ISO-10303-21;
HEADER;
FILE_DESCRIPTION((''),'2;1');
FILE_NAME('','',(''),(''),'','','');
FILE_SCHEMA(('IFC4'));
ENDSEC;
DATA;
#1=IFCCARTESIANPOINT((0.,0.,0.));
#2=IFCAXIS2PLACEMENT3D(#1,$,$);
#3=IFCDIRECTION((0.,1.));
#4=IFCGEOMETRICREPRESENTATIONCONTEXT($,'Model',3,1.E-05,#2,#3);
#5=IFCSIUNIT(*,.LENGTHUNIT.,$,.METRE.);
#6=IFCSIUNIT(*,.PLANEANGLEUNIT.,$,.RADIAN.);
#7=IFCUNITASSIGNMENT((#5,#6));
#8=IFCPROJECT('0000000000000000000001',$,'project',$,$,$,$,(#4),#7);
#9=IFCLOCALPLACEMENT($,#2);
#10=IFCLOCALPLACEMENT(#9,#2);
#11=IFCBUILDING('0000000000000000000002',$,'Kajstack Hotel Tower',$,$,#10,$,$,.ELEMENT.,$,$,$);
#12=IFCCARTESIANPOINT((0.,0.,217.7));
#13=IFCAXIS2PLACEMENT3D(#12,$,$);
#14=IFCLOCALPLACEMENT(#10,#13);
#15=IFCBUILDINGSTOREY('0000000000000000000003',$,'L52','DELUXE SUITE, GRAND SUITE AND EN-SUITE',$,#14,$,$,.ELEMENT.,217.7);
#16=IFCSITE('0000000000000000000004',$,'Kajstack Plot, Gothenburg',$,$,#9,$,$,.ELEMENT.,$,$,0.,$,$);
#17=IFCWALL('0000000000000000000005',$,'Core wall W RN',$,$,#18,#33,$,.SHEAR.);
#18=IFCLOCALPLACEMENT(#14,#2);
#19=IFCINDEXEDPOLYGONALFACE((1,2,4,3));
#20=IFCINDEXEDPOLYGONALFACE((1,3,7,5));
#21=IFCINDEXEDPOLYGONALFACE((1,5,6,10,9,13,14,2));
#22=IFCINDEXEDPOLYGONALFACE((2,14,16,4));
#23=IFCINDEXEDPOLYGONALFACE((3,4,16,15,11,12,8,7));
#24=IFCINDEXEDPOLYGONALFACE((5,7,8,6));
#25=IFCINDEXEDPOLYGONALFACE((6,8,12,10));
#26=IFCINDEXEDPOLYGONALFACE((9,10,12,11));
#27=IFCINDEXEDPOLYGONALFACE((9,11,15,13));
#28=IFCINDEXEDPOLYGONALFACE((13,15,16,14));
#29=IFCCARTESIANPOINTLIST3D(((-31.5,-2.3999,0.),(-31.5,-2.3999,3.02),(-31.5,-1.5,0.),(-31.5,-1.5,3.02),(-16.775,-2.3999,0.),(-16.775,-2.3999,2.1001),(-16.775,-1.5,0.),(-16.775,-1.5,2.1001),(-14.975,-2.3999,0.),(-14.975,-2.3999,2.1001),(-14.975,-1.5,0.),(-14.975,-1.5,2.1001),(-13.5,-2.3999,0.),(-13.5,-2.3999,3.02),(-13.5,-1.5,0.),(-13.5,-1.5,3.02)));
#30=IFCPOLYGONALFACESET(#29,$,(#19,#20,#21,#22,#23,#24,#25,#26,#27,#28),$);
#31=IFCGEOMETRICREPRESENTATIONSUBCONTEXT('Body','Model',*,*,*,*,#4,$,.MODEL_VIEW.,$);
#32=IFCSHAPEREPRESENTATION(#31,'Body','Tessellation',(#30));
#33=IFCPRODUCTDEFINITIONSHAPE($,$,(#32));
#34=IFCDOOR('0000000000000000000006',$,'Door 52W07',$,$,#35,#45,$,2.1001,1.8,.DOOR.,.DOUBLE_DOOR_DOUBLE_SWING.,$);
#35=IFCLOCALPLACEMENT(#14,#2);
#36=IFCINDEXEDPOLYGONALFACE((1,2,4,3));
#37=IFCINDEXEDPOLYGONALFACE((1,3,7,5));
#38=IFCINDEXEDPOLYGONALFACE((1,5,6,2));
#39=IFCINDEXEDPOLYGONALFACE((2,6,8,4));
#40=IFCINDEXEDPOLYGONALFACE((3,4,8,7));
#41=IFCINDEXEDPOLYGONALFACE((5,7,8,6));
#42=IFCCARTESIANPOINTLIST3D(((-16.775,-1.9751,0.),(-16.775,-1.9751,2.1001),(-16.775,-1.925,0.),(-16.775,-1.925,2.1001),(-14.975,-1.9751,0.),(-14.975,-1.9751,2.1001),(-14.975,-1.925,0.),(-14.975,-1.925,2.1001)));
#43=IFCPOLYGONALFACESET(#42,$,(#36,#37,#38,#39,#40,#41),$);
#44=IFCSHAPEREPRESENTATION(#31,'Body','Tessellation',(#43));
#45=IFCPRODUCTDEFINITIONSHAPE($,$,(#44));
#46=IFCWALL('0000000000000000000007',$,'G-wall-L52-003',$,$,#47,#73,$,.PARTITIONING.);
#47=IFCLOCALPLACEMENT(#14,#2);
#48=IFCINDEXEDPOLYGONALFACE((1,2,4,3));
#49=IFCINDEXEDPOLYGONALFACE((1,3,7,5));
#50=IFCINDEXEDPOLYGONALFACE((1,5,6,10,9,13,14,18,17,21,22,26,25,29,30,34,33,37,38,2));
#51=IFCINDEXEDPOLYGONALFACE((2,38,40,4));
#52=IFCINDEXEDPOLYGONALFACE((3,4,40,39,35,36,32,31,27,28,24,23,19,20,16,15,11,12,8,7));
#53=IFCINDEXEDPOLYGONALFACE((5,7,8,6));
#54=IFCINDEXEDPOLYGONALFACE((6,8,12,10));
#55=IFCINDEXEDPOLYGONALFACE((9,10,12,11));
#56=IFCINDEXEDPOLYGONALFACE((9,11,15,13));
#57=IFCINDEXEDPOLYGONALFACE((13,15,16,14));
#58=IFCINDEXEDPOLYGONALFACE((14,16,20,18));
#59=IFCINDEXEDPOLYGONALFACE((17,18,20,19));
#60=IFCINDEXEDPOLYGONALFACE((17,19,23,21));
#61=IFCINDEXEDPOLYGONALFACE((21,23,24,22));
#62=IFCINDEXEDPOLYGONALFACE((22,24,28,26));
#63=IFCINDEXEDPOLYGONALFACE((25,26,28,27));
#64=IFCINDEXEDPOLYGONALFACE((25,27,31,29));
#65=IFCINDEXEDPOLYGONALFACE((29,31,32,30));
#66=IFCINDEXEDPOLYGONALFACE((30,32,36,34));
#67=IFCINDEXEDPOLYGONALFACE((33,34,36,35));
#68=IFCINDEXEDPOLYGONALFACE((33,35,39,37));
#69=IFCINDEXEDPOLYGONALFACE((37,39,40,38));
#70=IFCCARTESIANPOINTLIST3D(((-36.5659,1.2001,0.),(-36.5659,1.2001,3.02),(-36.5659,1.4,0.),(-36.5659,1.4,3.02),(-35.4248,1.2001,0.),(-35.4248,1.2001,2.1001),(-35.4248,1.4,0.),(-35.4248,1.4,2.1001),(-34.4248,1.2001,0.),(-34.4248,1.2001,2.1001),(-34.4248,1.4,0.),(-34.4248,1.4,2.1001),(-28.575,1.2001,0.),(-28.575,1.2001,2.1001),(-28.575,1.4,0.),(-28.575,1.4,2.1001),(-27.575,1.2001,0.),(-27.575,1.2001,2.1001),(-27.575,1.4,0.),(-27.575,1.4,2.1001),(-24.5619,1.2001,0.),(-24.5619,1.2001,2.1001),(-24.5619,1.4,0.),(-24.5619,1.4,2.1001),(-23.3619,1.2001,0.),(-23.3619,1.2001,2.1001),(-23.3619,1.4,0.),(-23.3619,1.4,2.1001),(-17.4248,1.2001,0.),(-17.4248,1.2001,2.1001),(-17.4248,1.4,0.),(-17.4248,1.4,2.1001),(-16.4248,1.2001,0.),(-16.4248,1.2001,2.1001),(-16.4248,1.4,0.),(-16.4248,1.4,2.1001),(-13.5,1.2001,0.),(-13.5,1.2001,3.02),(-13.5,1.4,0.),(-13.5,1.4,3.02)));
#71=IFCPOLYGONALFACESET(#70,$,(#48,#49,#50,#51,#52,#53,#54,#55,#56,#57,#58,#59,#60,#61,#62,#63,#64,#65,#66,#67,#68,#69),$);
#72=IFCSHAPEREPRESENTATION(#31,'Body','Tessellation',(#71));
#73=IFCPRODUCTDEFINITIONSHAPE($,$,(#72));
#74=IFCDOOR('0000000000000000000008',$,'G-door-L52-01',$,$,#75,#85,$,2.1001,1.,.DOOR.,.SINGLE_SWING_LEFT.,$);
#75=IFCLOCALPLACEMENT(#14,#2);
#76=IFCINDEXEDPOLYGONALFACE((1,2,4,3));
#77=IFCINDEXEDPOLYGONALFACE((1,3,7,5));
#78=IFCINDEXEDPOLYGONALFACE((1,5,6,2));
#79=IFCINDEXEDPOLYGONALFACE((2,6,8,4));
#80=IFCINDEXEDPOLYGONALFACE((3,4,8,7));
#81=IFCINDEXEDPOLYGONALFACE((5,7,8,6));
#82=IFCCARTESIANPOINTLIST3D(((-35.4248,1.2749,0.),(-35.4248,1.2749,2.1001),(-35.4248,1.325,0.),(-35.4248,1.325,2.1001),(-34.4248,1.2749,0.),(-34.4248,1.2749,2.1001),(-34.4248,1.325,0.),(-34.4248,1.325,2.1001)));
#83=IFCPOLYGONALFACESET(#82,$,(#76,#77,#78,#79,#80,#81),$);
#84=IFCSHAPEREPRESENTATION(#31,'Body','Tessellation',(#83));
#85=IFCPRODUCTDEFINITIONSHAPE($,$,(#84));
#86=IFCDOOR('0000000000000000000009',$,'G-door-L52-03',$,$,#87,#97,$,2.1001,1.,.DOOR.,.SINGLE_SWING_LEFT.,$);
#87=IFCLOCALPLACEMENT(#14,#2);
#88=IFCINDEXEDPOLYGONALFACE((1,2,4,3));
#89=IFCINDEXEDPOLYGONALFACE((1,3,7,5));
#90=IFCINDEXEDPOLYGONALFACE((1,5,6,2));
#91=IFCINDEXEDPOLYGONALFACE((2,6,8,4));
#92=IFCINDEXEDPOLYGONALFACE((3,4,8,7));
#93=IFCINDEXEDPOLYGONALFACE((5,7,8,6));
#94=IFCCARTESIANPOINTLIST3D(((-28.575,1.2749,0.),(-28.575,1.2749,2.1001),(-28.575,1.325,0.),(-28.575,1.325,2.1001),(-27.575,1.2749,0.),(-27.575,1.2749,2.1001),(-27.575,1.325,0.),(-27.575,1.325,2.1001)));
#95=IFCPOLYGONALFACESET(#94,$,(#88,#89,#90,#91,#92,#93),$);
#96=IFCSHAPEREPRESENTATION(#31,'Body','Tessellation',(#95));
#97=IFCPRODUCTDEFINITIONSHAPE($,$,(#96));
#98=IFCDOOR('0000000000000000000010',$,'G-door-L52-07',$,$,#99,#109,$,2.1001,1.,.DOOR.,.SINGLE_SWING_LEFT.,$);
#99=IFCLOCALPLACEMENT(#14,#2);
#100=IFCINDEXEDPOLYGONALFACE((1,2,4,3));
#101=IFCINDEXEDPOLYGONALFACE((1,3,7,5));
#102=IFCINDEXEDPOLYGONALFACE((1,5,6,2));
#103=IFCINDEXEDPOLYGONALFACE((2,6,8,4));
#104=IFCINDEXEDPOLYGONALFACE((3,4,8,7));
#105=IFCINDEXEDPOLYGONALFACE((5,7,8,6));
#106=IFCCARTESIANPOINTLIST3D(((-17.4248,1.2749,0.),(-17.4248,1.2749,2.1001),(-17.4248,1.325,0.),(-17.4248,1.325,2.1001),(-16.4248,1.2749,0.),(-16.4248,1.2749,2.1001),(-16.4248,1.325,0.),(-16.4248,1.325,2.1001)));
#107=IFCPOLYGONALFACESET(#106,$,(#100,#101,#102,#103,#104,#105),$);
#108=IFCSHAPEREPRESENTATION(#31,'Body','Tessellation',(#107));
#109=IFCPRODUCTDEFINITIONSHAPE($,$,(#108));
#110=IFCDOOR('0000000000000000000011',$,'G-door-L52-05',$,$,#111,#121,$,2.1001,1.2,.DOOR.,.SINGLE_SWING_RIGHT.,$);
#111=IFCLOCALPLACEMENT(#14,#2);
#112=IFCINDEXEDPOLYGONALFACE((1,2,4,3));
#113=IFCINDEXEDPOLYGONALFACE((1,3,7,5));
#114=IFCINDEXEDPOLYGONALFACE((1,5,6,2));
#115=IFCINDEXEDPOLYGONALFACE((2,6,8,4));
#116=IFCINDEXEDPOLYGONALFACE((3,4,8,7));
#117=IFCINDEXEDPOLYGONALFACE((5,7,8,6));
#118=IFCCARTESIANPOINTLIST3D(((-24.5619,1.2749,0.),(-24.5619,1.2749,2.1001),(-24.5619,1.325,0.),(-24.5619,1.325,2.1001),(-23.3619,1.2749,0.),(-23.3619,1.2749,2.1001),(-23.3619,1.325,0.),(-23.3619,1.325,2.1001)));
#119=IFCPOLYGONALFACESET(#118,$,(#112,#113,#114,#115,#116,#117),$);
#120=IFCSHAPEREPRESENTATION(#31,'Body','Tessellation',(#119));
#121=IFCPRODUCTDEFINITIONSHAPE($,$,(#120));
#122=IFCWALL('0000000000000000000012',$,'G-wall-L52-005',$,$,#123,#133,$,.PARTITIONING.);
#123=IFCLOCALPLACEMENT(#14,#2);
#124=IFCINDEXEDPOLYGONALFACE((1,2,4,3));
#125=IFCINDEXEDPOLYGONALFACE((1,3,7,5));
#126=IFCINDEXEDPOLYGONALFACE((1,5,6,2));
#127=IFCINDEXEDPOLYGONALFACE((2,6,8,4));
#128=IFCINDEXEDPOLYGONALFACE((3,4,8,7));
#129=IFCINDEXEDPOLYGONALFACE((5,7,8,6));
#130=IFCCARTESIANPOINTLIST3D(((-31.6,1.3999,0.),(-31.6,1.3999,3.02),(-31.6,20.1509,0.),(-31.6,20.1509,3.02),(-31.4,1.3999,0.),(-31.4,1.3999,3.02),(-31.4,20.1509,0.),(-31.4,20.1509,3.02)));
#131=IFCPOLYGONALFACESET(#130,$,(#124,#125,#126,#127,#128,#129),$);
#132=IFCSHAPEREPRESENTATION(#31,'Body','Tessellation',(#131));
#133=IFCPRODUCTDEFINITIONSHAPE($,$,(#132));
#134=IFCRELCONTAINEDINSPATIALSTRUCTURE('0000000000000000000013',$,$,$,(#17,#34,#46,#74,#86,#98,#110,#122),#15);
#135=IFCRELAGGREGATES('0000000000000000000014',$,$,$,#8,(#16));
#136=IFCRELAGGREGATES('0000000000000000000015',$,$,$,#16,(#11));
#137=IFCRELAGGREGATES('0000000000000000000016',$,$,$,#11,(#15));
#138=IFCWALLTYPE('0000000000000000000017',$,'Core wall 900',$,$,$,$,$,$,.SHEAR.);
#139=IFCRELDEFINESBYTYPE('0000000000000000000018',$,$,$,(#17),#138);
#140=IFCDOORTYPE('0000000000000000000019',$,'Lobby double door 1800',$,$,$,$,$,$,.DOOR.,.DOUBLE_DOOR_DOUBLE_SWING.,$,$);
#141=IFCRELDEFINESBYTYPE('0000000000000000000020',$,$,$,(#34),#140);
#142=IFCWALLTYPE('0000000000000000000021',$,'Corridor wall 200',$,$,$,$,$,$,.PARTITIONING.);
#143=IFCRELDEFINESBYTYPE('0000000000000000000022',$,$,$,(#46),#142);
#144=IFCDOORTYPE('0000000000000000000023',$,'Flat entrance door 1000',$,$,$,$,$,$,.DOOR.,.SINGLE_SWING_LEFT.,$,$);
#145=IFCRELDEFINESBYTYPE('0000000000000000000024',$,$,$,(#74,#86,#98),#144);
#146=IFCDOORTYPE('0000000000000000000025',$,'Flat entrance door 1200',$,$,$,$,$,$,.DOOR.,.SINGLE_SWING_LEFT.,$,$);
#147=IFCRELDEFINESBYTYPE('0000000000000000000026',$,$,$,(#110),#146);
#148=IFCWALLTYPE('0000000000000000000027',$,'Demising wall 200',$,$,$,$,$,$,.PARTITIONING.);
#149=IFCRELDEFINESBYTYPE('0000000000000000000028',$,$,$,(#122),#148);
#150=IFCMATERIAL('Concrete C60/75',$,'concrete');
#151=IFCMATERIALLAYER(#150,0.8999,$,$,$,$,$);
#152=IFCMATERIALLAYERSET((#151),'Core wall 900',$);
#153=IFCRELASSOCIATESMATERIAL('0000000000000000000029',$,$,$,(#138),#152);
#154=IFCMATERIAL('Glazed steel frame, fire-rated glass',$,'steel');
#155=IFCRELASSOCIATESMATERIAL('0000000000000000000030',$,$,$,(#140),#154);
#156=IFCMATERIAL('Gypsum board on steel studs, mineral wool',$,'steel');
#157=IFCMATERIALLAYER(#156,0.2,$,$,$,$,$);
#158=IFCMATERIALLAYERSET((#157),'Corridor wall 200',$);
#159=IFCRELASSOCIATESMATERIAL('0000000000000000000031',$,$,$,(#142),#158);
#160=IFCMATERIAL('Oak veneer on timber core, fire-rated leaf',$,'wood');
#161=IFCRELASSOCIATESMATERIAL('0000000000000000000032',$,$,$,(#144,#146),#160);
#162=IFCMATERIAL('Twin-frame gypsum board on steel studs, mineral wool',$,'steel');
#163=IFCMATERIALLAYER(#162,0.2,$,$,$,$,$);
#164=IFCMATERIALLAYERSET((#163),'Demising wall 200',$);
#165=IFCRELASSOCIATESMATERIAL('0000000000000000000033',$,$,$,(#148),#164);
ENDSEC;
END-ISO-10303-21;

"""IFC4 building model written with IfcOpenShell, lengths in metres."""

from ifc_helpers import new_model, si_unit, direction, frame, frame_2d, origin, place, context, subcontext, project, spatial, rectangle, extrude, material, layer, layer_set, type_object, element, fill, save


model = new_model("IFC4")

# Units and contexts
model_context = context("Model", 3, precision=1e-05, world=origin(), true_north=direction((0.0, 1.0)))
body_context = subcontext(model_context, "Body", "Model", "MODEL_VIEW")
ifc_project = project(units=[si_unit("LENGTHUNIT", "METRE"), si_unit("PLANEANGLEUNIT", "RADIAN")], contexts=[model_context])

# Site, building, storey
site_placement = place(None, origin())
site = spatial("IfcSite", under=ifc_project, at=site_placement, Name="Kajstack Plot, Gothenburg", CompositionType="ELEMENT", RefElevation=0.0)
building_placement = place(site_placement, origin())
building = spatial("IfcBuilding", under=site, at=building_placement, Name="Kajstack Hotel Tower", CompositionType="ELEMENT")
storey_placement = place(building_placement, frame((0.0, 0.0, 217.7)))
storey = spatial("IfcBuildingStorey", under=building, at=storey_placement, Name="L52", Description="DELUXE SUITE, GRAND SUITE AND EN-SUITE", CompositionType="ELEMENT", Elevation=217.7)

# Wall, opening, door
ifc_material_1 = material(Name="Concrete C60/75", Category="concrete")
ifc_layer_1 = layer(ifc_material_1, 0.8999)
ifc_layer_set_1 = layer_set([ifc_layer_1], Name="Core wall 900")
wall_type_1 = type_object("IfcWallType", Name="Core wall 900", PredefinedType="SHEAR", material=ifc_layer_set_1)
wall_1_placement = place(storey_placement, frame((-31.5, -1.95, 0.0), z_axis=(0.0, 0.0, 1.0), x_axis=(1.0, 0.0, 0.0)))
wall_1 = element("IfcWall", 1, at=wall_1_placement, inside=storey, type_object=wall_type_1, Name="Core wall W RN", PredefinedType="SHEAR", context=body_context, shape_type="SweptSolid", body=[
    extrude(rectangle(XDim=18.0, YDim=0.8999, at=frame_2d((9.0, 0.0))), origin(), (0.0, 0.0, 1.0), 3.02),
])
opening_1_placement = place(wall_1_placement, frame((14.7251, 0.0, 0.0)))
opening_1 = element("IfcOpeningElement", 2, at=opening_1_placement, cuts=wall_1, PredefinedType="OPENING", context=body_context, shape_type="SweptSolid", body=[
    extrude(rectangle(XDim=1.8, YDim=2.1001, at=frame_2d((0.8999, 1.05))), frame((0.0, 0.46, 0.0), z_axis=(0.0, -1.0, 0.0), x_axis=(1.0, 0.0, 0.0)), (0.0, 0.0, 1.0), 0.9199),
])
ifc_material_2 = material(Name="Glazed steel frame, fire-rated glass", Category="steel")
door_type_1 = type_object("IfcDoorType", Name="Lobby double door 1800", OperationType="DOUBLE_DOOR_DOUBLE_SWING", PredefinedType="DOOR", material=ifc_material_2)
door_1_placement = place(opening_1_placement, origin())
door_1 = element("IfcDoor", 3, at=door_1_placement, inside=storey, type_object=door_type_1, Name="Door 52W07", OperationType="DOUBLE_DOOR_DOUBLE_SWING", OverallHeight=2.1001, OverallWidth=1.8, PredefinedType="DOOR", context=body_context, shape_type="SweptSolid", body=[
    extrude(rectangle(XDim=1.8, YDim=2.1001, at=frame_2d((0.8999, 1.05))), frame((0.0, 0.0249, 0.0), z_axis=(0.0, -1.0, 0.0), x_axis=(1.0, 0.0, 0.0)), (0.0, 0.0, 1.0), 0.05),
])
fill(opening_1, door_1)

# Wall, openings, doors
ifc_material_3 = material(Name="Gypsum board on steel studs, mineral wool", Category="steel")
ifc_layer_2 = layer(ifc_material_3, 0.2)
ifc_layer_set_2 = layer_set([ifc_layer_2], Name="Corridor wall 200")
wall_type_2 = type_object("IfcWallType", Name="Corridor wall 200", PredefinedType="PARTITIONING", material=ifc_layer_set_2)
wall_2_placement = place(storey_placement, frame((-36.5659, 1.3, 0.0), z_axis=(0.0, 0.0, 1.0), x_axis=(1.0, 0.0, 0.0)))
wall_2 = element("IfcWall", 4, at=wall_2_placement, inside=storey, type_object=wall_type_2, Name="G-wall-L52-003", PredefinedType="PARTITIONING", context=body_context, shape_type="SweptSolid", body=[
    extrude(rectangle(XDim=23.0659, YDim=0.2, at=frame_2d((11.533, 0.0))), origin(), (0.0, 0.0, 1.0), 3.02),
])
opening_2_placement = place(wall_2_placement, frame((1.1411, 0.0, 0.0)))
opening_2 = element("IfcOpeningElement", 5, at=opening_2_placement, cuts=wall_2, PredefinedType="OPENING", context=body_context, shape_type="SweptSolid", body=[
    extrude(rectangle(XDim=1.0, YDim=2.1001, at=frame_2d((0.5, 1.05))), frame((0.0, 0.1099, 0.0), z_axis=(0.0, -1.0, 0.0), x_axis=(1.0, 0.0, 0.0)), (0.0, 0.0, 1.0), 0.22),
])
opening_3_placement = place(wall_2_placement, frame((7.991, 0.0, 0.0)))
opening_3 = element("IfcOpeningElement", 6, at=opening_3_placement, cuts=wall_2, PredefinedType="OPENING", context=body_context, shape_type="SweptSolid", body=[
    extrude(rectangle(XDim=1.0, YDim=2.1001, at=frame_2d((0.5, 1.05))), frame((0.0, 0.1099, 0.0), z_axis=(0.0, -1.0, 0.0), x_axis=(1.0, 0.0, 0.0)), (0.0, 0.0, 1.0), 0.22),
])
opening_4_placement = place(wall_2_placement, frame((12.0039, 0.0, 0.0)))
opening_4 = element("IfcOpeningElement", 7, at=opening_4_placement, cuts=wall_2, PredefinedType="OPENING", context=body_context, shape_type="SweptSolid", body=[
    extrude(rectangle(XDim=1.2, YDim=2.1001, at=frame_2d((0.6001, 1.05))), frame((0.0, 0.1099, 0.0), z_axis=(0.0, -1.0, 0.0), x_axis=(1.0, 0.0, 0.0)), (0.0, 0.0, 1.0), 0.22),
])
opening_5_placement = place(wall_2_placement, frame((19.1411, 0.0, 0.0)))
opening_5 = element("IfcOpeningElement", 8, at=opening_5_placement, cuts=wall_2, PredefinedType="OPENING", context=body_context, shape_type="SweptSolid", body=[
    extrude(rectangle(XDim=1.0, YDim=2.1001, at=frame_2d((0.5, 1.05))), frame((0.0, 0.1099, 0.0), z_axis=(0.0, -1.0, 0.0), x_axis=(1.0, 0.0, 0.0)), (0.0, 0.0, 1.0), 0.22),
])
ifc_material_4 = material(Name="Oak veneer on timber core, fire-rated leaf", Category="wood")
door_type_2 = type_object("IfcDoorType", Name="Flat entrance door 1000", OperationType="SINGLE_SWING_LEFT", PredefinedType="DOOR", material=ifc_material_4)
door_2_placement = place(opening_2_placement, origin())
door_2 = element("IfcDoor", 9, at=door_2_placement, inside=storey, type_object=door_type_2, Name="G-door-L52-01", OperationType="SINGLE_SWING_LEFT", OverallHeight=2.1001, OverallWidth=1.0, PredefinedType="DOOR", context=body_context, shape_type="SweptSolid", body=[
    extrude(rectangle(XDim=1.0, YDim=2.1001, at=frame_2d((0.5, 1.05))), frame((0.0, 0.0249, 0.0), z_axis=(0.0, -1.0, 0.0), x_axis=(1.0, 0.0, 0.0)), (0.0, 0.0, 1.0), 0.05),
])
fill(opening_2, door_2)
door_3_placement = place(opening_3_placement, origin())
door_3 = element("IfcDoor", 10, at=door_3_placement, inside=storey, type_object=door_type_2, Name="G-door-L52-03", OperationType="SINGLE_SWING_LEFT", OverallHeight=2.1001, OverallWidth=1.0, PredefinedType="DOOR", context=body_context, shape_type="SweptSolid", body=[
    extrude(rectangle(XDim=1.0, YDim=2.1001, at=frame_2d((0.5, 1.05))), frame((0.0, 0.0249, 0.0), z_axis=(0.0, -1.0, 0.0), x_axis=(1.0, 0.0, 0.0)), (0.0, 0.0, 1.0), 0.05),
])
fill(opening_3, door_3)
door_4_placement = place(opening_5_placement, origin())
door_4 = element("IfcDoor", 11, at=door_4_placement, inside=storey, type_object=door_type_2, Name="G-door-L52-07", OperationType="SINGLE_SWING_LEFT", OverallHeight=2.1001, OverallWidth=1.0, PredefinedType="DOOR", context=body_context, shape_type="SweptSolid", body=[
    extrude(rectangle(XDim=1.0, YDim=2.1001, at=frame_2d((0.5, 1.05))), frame((0.0, 0.0249, 0.0), z_axis=(0.0, -1.0, 0.0), x_axis=(1.0, 0.0, 0.0)), (0.0, 0.0, 1.0), 0.05),
])
fill(opening_5, door_4)
door_type_3 = type_object("IfcDoorType", Name="Flat entrance door 1200", OperationType="SINGLE_SWING_LEFT", PredefinedType="DOOR", material=ifc_material_4)
door_5_placement = place(opening_4_placement, origin())
door_5 = element("IfcDoor", 12, at=door_5_placement, inside=storey, type_object=door_type_3, Name="G-door-L52-05", OperationType="SINGLE_SWING_RIGHT", OverallHeight=2.1001, OverallWidth=1.2, PredefinedType="DOOR", context=body_context, shape_type="SweptSolid", body=[
    extrude(rectangle(XDim=1.2, YDim=2.1001, at=frame_2d((0.6001, 1.05))), frame((0.0, 0.0249, 0.0), z_axis=(0.0, -1.0, 0.0), x_axis=(1.0, 0.0, 0.0)), (0.0, 0.0, 1.0), 0.05),
])
fill(opening_4, door_5)

# Wall
ifc_material_5 = material(Name="Twin-frame gypsum board on steel studs, mineral wool", Category="steel")
ifc_layer_3 = layer(ifc_material_5, 0.2)
ifc_layer_set_3 = layer_set([ifc_layer_3], Name="Demising wall 200")
wall_type_3 = type_object("IfcWallType", Name="Demising wall 200", PredefinedType="PARTITIONING", material=ifc_layer_set_3)
wall_3_placement = place(storey_placement, frame((-31.5, 1.3999, 0.0), z_axis=(0.0, 0.0, 1.0), x_axis=(0.0, 1.0, 0.0)))
element("IfcWall", 13, at=wall_3_placement, inside=storey, type_object=wall_type_3, Name="G-wall-L52-005", PredefinedType="PARTITIONING", context=body_context, shape_type="SweptSolid", body=[
    extrude(rectangle(XDim=18.751, YDim=0.2, at=frame_2d((9.3755, 0.0))), origin(), (0.0, 0.0, 1.0), 3.02),
])

save(model, "model.ifc")
